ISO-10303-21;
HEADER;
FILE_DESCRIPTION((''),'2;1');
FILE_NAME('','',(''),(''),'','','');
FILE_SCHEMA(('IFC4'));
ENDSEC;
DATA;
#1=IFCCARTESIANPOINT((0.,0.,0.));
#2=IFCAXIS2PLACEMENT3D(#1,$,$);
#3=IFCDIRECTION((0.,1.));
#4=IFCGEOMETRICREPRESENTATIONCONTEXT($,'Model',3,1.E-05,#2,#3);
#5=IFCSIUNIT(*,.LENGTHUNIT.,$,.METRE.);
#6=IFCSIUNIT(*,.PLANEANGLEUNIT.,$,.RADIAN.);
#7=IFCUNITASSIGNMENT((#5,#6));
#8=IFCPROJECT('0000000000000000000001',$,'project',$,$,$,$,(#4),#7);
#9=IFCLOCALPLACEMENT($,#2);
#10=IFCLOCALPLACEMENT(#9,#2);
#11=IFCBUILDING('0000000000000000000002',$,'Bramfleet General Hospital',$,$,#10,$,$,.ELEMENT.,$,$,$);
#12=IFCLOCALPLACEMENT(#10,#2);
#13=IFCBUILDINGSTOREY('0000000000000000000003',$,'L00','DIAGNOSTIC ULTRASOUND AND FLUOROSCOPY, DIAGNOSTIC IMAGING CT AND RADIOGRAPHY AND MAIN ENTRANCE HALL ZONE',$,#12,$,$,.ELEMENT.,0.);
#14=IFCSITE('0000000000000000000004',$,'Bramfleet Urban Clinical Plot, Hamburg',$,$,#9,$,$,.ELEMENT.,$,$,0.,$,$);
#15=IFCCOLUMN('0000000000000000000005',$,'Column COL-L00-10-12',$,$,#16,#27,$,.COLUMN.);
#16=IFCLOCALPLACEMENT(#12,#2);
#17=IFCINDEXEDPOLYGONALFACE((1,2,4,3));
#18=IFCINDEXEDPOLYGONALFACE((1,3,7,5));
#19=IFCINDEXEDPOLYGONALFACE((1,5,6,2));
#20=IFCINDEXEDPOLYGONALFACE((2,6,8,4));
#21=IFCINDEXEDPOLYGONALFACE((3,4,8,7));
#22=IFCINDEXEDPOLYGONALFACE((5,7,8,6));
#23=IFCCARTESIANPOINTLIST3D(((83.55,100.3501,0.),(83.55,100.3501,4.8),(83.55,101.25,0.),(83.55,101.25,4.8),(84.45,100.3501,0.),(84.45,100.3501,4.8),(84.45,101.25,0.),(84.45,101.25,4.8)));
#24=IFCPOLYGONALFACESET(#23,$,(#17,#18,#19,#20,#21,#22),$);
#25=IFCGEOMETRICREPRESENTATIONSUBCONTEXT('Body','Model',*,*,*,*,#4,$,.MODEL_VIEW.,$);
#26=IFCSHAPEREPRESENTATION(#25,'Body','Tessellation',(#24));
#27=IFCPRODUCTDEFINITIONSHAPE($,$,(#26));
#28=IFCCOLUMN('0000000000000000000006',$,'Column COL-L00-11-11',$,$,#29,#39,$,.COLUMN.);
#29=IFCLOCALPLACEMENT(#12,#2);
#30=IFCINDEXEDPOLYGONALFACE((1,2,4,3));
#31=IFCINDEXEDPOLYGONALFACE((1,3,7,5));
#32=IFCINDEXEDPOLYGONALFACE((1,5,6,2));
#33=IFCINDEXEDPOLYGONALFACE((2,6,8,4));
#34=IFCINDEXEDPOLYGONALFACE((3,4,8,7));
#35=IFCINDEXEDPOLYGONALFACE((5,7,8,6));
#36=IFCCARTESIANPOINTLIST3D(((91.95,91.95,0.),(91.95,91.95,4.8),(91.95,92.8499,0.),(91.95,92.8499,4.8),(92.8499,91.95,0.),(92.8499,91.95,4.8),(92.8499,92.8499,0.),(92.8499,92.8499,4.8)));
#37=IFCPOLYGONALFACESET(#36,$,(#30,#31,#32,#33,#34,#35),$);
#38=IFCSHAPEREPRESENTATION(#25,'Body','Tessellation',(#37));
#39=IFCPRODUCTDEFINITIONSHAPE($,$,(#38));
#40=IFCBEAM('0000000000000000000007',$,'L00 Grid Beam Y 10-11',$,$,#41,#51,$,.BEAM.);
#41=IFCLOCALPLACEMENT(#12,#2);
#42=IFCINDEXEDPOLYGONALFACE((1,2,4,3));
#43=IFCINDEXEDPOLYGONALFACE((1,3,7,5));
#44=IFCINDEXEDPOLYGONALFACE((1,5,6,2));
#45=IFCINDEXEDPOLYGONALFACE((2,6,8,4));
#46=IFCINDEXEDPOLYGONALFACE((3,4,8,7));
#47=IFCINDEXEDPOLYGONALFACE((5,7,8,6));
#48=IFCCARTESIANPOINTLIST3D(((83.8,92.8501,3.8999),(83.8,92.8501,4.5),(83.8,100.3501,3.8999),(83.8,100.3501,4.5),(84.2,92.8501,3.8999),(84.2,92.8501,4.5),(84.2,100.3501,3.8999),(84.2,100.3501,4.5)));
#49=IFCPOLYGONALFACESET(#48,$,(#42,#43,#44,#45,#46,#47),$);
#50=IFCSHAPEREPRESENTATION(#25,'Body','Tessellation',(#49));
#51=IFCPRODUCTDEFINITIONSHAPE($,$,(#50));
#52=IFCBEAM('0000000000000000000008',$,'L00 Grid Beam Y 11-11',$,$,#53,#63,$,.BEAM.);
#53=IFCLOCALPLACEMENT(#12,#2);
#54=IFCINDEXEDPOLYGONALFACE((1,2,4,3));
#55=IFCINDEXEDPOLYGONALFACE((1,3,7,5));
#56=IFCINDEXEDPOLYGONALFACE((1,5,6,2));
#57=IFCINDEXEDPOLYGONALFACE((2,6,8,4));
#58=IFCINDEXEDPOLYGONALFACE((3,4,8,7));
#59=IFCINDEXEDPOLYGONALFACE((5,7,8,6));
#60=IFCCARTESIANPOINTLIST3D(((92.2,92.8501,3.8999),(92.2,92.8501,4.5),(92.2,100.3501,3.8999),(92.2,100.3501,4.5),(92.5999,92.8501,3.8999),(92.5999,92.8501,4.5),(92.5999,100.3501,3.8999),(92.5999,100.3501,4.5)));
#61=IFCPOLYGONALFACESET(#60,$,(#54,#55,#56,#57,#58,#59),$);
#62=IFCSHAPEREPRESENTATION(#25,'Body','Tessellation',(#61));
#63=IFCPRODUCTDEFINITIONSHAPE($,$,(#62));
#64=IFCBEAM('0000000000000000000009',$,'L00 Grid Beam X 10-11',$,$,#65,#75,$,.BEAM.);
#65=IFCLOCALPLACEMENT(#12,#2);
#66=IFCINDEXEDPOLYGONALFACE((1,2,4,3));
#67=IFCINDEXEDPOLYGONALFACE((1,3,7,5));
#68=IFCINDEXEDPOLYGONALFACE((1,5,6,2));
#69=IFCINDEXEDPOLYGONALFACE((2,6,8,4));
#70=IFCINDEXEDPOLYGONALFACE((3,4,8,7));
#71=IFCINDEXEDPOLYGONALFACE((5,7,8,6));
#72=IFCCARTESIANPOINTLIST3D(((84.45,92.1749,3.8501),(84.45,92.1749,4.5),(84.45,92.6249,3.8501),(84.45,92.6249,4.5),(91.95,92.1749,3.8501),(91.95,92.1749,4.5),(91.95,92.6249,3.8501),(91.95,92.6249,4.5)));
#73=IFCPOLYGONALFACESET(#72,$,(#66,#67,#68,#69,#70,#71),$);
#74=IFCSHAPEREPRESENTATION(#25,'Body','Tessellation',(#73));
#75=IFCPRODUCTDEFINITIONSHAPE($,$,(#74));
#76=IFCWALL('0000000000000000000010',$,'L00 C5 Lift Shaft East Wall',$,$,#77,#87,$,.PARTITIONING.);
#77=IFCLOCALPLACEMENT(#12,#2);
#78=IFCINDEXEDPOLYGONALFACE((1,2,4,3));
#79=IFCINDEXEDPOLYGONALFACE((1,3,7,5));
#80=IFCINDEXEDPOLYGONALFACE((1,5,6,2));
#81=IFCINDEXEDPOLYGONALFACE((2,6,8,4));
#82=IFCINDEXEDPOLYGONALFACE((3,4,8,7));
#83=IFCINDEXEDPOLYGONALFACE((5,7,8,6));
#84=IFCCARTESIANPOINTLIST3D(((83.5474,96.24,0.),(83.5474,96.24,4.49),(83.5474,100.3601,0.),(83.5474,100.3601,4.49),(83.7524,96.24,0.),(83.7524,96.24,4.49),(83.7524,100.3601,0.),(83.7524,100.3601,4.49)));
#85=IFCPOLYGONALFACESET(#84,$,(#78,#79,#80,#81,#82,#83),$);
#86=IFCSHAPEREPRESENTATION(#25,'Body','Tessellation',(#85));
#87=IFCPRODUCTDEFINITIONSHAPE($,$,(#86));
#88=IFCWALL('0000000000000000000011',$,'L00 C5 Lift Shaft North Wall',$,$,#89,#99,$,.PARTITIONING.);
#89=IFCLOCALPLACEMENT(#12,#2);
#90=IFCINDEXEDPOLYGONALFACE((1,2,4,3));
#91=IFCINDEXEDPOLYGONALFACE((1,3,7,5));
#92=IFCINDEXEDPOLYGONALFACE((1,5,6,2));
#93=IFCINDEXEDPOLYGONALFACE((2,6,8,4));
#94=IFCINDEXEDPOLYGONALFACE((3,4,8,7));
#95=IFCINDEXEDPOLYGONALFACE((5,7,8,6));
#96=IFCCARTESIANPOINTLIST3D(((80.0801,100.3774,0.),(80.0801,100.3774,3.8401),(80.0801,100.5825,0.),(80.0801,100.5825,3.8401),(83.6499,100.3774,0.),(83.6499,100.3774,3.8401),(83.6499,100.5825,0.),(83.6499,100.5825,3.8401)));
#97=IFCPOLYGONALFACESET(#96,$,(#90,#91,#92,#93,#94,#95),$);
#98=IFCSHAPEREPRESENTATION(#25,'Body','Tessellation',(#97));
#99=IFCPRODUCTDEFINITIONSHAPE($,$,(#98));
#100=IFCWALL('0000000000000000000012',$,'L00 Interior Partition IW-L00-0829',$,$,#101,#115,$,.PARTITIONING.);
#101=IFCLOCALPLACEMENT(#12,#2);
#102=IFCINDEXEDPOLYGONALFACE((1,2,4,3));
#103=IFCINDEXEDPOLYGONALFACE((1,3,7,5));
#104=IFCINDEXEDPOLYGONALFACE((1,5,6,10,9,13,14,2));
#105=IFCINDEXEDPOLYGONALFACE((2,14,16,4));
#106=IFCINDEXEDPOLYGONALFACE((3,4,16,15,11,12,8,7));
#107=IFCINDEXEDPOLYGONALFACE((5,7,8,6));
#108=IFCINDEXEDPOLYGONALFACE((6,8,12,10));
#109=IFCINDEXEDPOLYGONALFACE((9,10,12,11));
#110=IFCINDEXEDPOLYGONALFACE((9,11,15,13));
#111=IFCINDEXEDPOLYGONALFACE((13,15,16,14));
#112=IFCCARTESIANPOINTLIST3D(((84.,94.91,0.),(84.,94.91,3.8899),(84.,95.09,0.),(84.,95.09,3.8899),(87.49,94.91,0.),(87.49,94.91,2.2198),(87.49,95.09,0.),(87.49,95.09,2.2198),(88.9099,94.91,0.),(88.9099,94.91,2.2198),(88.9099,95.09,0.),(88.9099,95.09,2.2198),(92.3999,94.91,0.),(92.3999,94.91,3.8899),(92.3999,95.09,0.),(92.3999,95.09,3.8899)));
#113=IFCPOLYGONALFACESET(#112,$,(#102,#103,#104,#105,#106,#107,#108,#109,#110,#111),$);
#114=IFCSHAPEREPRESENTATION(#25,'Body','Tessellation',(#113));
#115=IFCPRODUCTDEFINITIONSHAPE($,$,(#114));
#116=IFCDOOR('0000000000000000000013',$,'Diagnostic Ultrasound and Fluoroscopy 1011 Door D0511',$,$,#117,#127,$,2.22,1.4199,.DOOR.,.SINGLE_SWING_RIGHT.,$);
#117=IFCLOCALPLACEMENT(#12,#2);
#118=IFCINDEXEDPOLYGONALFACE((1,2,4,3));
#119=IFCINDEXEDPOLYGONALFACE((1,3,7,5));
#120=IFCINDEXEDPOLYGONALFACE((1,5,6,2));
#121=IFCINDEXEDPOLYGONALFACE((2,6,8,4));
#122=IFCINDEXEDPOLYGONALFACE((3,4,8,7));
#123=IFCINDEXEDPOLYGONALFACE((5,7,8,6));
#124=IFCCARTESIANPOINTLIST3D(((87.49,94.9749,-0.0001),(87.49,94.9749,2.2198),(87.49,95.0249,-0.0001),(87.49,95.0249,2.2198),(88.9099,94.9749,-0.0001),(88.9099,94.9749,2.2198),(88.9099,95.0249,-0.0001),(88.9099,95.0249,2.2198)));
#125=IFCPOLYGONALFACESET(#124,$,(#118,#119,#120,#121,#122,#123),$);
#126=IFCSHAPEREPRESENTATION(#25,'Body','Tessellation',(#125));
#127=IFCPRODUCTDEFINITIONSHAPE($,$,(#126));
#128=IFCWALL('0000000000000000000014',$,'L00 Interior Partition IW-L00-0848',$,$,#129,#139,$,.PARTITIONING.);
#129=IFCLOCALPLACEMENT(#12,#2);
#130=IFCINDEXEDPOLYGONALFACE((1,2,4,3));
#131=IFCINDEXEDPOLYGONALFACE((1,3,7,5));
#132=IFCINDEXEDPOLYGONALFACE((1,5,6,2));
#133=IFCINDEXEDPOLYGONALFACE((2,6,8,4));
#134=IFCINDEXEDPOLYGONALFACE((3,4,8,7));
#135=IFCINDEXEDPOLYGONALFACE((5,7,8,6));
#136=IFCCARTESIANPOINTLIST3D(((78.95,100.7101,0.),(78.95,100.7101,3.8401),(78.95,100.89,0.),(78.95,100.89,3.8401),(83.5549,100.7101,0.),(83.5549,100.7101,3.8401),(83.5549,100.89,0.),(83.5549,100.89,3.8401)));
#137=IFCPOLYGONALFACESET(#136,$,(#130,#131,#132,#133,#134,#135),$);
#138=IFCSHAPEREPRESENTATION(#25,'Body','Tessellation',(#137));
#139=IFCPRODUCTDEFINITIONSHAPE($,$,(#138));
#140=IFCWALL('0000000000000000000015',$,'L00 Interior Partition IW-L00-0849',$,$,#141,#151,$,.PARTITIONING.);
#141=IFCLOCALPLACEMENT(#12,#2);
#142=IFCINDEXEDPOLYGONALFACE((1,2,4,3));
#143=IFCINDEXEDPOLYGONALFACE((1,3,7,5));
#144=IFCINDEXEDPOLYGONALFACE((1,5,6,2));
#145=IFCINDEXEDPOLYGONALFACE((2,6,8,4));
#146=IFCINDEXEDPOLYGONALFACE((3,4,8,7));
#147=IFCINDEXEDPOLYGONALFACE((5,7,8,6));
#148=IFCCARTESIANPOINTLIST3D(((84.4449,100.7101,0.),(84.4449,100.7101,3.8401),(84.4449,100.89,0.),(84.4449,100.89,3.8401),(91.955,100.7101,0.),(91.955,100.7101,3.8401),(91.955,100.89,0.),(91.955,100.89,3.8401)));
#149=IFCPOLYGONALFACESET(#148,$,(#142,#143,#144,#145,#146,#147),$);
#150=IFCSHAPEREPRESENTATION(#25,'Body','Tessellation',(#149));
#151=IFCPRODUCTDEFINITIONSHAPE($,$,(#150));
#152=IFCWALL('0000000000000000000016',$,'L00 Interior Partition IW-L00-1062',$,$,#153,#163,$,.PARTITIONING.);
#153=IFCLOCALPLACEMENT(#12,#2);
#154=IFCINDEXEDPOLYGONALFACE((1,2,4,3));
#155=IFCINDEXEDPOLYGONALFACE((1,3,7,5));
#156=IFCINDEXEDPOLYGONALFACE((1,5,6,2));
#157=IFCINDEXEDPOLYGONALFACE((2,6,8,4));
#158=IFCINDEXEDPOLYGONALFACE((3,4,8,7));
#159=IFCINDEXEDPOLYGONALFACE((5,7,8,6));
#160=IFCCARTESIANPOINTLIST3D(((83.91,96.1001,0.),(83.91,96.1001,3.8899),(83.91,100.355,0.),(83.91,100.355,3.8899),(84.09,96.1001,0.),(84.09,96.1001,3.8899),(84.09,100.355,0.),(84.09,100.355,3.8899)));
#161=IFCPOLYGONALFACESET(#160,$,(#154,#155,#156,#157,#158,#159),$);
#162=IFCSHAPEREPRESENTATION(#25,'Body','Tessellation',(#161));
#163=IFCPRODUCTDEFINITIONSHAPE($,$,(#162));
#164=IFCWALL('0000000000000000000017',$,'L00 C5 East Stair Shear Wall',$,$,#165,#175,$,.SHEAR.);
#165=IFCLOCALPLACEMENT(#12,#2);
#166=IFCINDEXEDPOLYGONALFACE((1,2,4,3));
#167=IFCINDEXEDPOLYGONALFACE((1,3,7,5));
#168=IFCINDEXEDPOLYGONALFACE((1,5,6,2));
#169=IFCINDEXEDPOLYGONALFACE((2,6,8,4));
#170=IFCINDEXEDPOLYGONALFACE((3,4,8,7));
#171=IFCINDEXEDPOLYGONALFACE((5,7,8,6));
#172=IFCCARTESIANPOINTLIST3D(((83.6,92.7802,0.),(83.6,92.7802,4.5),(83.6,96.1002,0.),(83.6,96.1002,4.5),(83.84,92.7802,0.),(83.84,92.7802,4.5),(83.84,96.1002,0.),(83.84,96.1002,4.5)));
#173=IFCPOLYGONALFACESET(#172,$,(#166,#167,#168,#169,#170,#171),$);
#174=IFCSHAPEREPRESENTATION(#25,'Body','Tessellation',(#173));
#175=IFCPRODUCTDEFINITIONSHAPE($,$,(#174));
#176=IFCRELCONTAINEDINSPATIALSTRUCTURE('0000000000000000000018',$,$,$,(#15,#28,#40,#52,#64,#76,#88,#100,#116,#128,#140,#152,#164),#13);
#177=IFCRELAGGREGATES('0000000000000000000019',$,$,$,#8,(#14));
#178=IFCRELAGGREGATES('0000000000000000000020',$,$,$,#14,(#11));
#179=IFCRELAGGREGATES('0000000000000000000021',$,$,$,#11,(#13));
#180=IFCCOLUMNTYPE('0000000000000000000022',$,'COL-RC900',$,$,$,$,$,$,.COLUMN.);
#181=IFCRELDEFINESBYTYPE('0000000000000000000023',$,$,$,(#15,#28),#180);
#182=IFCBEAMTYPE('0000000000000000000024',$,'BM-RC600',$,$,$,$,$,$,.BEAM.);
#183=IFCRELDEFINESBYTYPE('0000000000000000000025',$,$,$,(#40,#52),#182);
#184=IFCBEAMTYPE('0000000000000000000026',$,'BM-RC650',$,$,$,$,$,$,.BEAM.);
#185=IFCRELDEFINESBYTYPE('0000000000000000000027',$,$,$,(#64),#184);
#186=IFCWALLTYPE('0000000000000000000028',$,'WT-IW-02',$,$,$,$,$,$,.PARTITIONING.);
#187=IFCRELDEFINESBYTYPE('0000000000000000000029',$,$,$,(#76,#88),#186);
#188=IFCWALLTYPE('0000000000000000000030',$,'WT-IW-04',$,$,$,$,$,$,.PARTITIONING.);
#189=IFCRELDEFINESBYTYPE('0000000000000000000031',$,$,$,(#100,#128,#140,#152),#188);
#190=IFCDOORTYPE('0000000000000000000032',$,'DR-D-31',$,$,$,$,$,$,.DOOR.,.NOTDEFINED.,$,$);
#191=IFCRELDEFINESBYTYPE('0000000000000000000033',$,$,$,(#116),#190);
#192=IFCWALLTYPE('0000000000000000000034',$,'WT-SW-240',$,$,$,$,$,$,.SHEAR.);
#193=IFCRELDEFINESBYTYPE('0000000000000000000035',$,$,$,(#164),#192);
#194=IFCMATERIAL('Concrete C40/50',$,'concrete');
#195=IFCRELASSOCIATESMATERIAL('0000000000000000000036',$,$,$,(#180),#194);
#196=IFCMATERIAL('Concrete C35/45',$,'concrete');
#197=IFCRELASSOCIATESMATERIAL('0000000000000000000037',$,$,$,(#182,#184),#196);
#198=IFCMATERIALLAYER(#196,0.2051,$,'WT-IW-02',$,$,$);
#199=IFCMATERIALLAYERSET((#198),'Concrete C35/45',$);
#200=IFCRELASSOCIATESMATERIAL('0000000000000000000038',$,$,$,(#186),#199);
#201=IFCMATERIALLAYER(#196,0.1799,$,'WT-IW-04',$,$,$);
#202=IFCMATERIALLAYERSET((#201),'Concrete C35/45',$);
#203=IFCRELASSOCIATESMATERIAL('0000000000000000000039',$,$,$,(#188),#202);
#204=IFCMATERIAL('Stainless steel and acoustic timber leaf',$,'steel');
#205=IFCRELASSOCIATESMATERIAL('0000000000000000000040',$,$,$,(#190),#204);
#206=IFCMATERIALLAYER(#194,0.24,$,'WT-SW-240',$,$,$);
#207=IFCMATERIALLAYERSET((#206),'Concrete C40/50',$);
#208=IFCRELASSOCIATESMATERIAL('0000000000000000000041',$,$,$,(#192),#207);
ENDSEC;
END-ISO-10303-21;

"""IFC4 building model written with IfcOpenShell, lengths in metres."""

from ifc_helpers import new_model, si_unit, direction, frame, frame_2d, origin, origin_2d, place, context, subcontext, project, spatial, rectangle, extrude, material, layer, layer_set, material_profile, profile_set, type_object, element, fill, save


model = new_model("IFC4")

# Units and contexts
model_context = context("Model", 3, precision=1e-05, world=origin(), true_north=direction((0.0, 1.0)))
body_context = subcontext(model_context, "Body", "Model", "MODEL_VIEW")
ifc_project = project(units=[si_unit("LENGTHUNIT", "METRE"), si_unit("PLANEANGLEUNIT", "RADIAN")], contexts=[model_context])

# Site, building, storey
site_placement = place(None, origin())
site = spatial("IfcSite", under=ifc_project, at=site_placement, Name="Bramfleet Urban Clinical Plot, Hamburg", CompositionType="ELEMENT", RefElevation=0.0)
building_placement = place(site_placement, origin())
building = spatial("IfcBuilding", under=site, at=building_placement, Name="Bramfleet General Hospital", CompositionType="ELEMENT")
storey_placement = place(building_placement, origin())
storey = spatial("IfcBuildingStorey", under=building, at=storey_placement, Name="L00", Description="DIAGNOSTIC ULTRASOUND AND FLUOROSCOPY, DIAGNOSTIC IMAGING CT AND RADIOGRAPHY AND MAIN ENTRANCE HALL ZONE", CompositionType="ELEMENT", Elevation=0.0)

# Columns
ifc_material_1 = material(Name="Concrete C40/50", Category="concrete")
ifc_material_profile_1 = material_profile(ifc_material_1, rectangle(XDim=0.8999, YDim=0.8999, at=origin_2d()), Name="RC COL 900x900")
ifc_profile_set_1 = profile_set([ifc_material_profile_1], Name="Concrete C40/50")
column_type = type_object("IfcColumnType", Name="COL-RC900", PredefinedType="COLUMN", material=ifc_profile_set_1)
for number, where, z_axis, x_axis, name in (
    (1, (84.0, 100.8, 0.0), (0.0, 0.0, 1.0), (1.0, 0.0, 0.0), "Column COL-L00-10-12"),
    (2, (92.3999, 92.3999, 0.0), (0.0, 0.0, 1.0), (1.0, 0.0, 0.0), "Column COL-L00-11-11"),
):
    element("IfcColumn", number, at=place(storey_placement, frame(where, z_axis=z_axis, x_axis=x_axis)), inside=storey, type_object=column_type, Name=name, PredefinedType="COLUMN", context=body_context, shape_type="SweptSolid", body=[
        extrude(rectangle(XDim=0.8999, YDim=0.8999, at=origin_2d()), origin(), (0.0, 0.0, 1.0), 4.8),
    ])

# Beams
ifc_material_2 = material(Name="Concrete C35/45", Category="concrete")
ifc_material_profile_2 = material_profile(ifc_material_2, rectangle(XDim=0.3999, YDim=0.6001, at=origin_2d()), Name="RC BM 600x400")
ifc_profile_set_2 = profile_set([ifc_material_profile_2], Name="Concrete C35/45")
beam_type_1 = type_object("IfcBeamType", Name="BM-RC600", PredefinedType="BEAM", material=ifc_profile_set_2)
for number, where, z_axis, x_axis, name in (
    (3, (84.0, 92.8501, 4.2), (0.0, 1.0, 0.0), (-1.0, 0.0, 0.0), "L00 Grid Beam Y 10-11"),
    (4, (92.3999, 92.8501, 4.2), (0.0, 1.0, 0.0), (-1.0, 0.0, 0.0), "L00 Grid Beam Y 11-11"),
):
    element("IfcBeam", number, at=place(storey_placement, frame(where, z_axis=z_axis, x_axis=x_axis)), inside=storey, type_object=beam_type_1, Name=name, PredefinedType="BEAM", context=body_context, shape_type="SweptSolid", body=[
        extrude(rectangle(XDim=0.3999, YDim=0.6001, at=origin_2d()), origin(), (0.0, 0.0, 1.0), 7.5),
    ])
ifc_material_profile_3 = material_profile(ifc_material_2, rectangle(XDim=0.45, YDim=0.6499, at=origin_2d()), Name="RC BM 650x450")
ifc_profile_set_3 = profile_set([ifc_material_profile_3], Name="Concrete C35/45")
beam_type_2 = type_object("IfcBeamType", Name="BM-RC650", PredefinedType="BEAM", material=ifc_profile_set_3)
beam_placement = place(storey_placement, frame((84.45, 92.3999, 4.175), z_axis=(1.0, 0.0, 0.0), x_axis=(0.0, 1.0, 0.0)))
element("IfcBeam", 5, at=beam_placement, inside=storey, type_object=beam_type_2, Name="L00 Grid Beam X 10-11", PredefinedType="BEAM", context=body_context, shape_type="SweptSolid", body=[
    extrude(rectangle(XDim=0.45, YDim=0.6499, at=origin_2d()), origin(), (0.0, 0.0, 1.0), 7.5),
])

# Shared definitions
ifc_layer_1 = layer(ifc_material_2, 0.2051, Name="WT-IW-02")
ifc_layer_set_1 = layer_set([ifc_layer_1], Name="Concrete C35/45")
wall_type_1 = type_object("IfcWallType", Name="WT-IW-02", PredefinedType="PARTITIONING", material=ifc_layer_set_1)

# Walls
wall_1_placement = place(storey_placement, frame((83.6499, 96.24, 0.0), z_axis=(0.0, 0.0, 1.0), x_axis=(0.0, 1.0, 0.0)))
element("IfcWall", 6, at=wall_1_placement, inside=storey, type_object=wall_type_1, Name="L00 C5 Lift Shaft East Wall", PredefinedType="PARTITIONING", context=body_context, shape_type="SweptSolid", body=[
    extrude(rectangle(XDim=4.1201, YDim=0.2051, at=frame_2d((2.0601, 0.0))), origin(), (0.0, 0.0, 1.0), 4.49),
])
wall_2_placement = place(storey_placement, frame((80.0801, 100.48, 0.0), z_axis=(0.0, 0.0, 1.0), x_axis=(1.0, 0.0, 0.0)))
element("IfcWall", 7, at=wall_2_placement, inside=storey, type_object=wall_type_1, Name="L00 C5 Lift Shaft North Wall", PredefinedType="PARTITIONING", context=body_context, shape_type="SweptSolid", body=[
    extrude(rectangle(XDim=3.5698, YDim=0.2051, at=frame_2d((1.7849, 0.0))), origin(), (0.0, 0.0, 1.0), 3.8401),
])

# Wall, opening, door
ifc_layer_2 = layer(ifc_material_2, 0.1799, Name="WT-IW-04")
ifc_layer_set_2 = layer_set([ifc_layer_2], Name="Concrete C35/45")
wall_type_2 = type_object("IfcWallType", Name="WT-IW-04", PredefinedType="PARTITIONING", material=ifc_layer_set_2)
wall_3_placement = place(storey_placement, frame((84.0, 95.0, 0.0), z_axis=(0.0, 0.0, 1.0), x_axis=(1.0, 0.0, 0.0)))
wall_3 = element("IfcWall", 8, at=wall_3_placement, inside=storey, type_object=wall_type_2, Name="L00 Interior Partition IW-L00-0829", PredefinedType="PARTITIONING", context=body_context, shape_type="SweptSolid", body=[
    extrude(rectangle(XDim=8.3999, YDim=0.1799, at=frame_2d((4.2, 0.0))), origin(), (0.0, 0.0, 1.0), 3.8899),
])
opening_1_placement = place(wall_3_placement, frame((3.49, 0.0, 0.0)))
opening_1 = element("IfcOpeningElement", 9, at=opening_1_placement, cuts=wall_3, PredefinedType="OPENING", context=body_context, shape_type="SweptSolid", body=[
    extrude(rectangle(XDim=1.4199, YDim=2.22, at=frame_2d((0.71, 1.1099))), frame((0.0, 0.0999, 0.0), z_axis=(0.0, -1.0, 0.0), x_axis=(1.0, 0.0, 0.0)), (0.0, 0.0, 1.0), 0.2),
])
ifc_material_3 = material(Name="Stainless steel and acoustic timber leaf", Category="steel")
door_type_1 = type_object("IfcDoorType", Name="DR-D-31", OperationType="NOTDEFINED", PredefinedType="DOOR", material=ifc_material_3)
door_1_placement = place(opening_1_placement, origin())
door_1 = element("IfcDoor", 10, at=door_1_placement, inside=storey, type_object=door_type_1, Name="Diagnostic Ultrasound and Fluoroscopy 1011 Door D0511", OperationType="SINGLE_SWING_RIGHT", OverallHeight=2.22, OverallWidth=1.4199, PredefinedType="DOOR", context=body_context, shape_type="SweptSolid", body=[
    extrude(rectangle(XDim=1.4199, YDim=2.22, at=frame_2d((0.71, 1.1099))), frame((0.0, 0.0249, 0.0), z_axis=(0.0, -1.0, 0.0), x_axis=(1.0, 0.0, 0.0)), (0.0, 0.0, 1.0), 0.05),
])
fill(opening_1, door_1)

# Walls
wall_4_placement = place(storey_placement, frame((78.95, 100.8, 0.0), z_axis=(0.0, 0.0, 1.0), x_axis=(1.0, 0.0, 0.0)))
element("IfcWall", 11, at=wall_4_placement, inside=storey, type_object=wall_type_2, Name="L00 Interior Partition IW-L00-0848", PredefinedType="PARTITIONING", context=body_context, shape_type="SweptSolid", body=[
    extrude(rectangle(XDim=4.605, YDim=0.1799, at=frame_2d((2.3025, 0.0))), origin(), (0.0, 0.0, 1.0), 3.8401),
])
wall_5_placement = place(storey_placement, frame((84.4451, 100.8, 0.0), z_axis=(0.0, 0.0, 1.0), x_axis=(1.0, 0.0, 0.0)))
element("IfcWall", 12, at=wall_5_placement, inside=storey, type_object=wall_type_2, Name="L00 Interior Partition IW-L00-0849", PredefinedType="PARTITIONING", context=body_context, shape_type="SweptSolid", body=[
    extrude(rectangle(XDim=7.51, YDim=0.1799, at=frame_2d((3.7549, 0.0))), origin(), (0.0, 0.0, 1.0), 3.8401),
])
wall_6_placement = place(storey_placement, frame((84.0, 96.1001, 0.0), z_axis=(0.0, 0.0, 1.0), x_axis=(0.0, 1.0, 0.0)))
element("IfcWall", 13, at=wall_6_placement, inside=storey, type_object=wall_type_2, Name="L00 Interior Partition IW-L00-1062", PredefinedType="PARTITIONING", context=body_context, shape_type="SweptSolid", body=[
    extrude(rectangle(XDim=4.2549, YDim=0.1799, at=frame_2d((2.1274, 0.0))), origin(), (0.0, 0.0, 1.0), 3.8899),
])
ifc_layer_3 = layer(ifc_material_1, 0.24, Name="WT-SW-240")
ifc_layer_set_3 = layer_set([ifc_layer_3], Name="Concrete C40/50")
wall_type_3 = type_object("IfcWallType", Name="WT-SW-240", PredefinedType="SHEAR", material=ifc_layer_set_3)
wall_7_placement = place(storey_placement, frame((83.72, 92.78, 0.0), z_axis=(0.0, 0.0, 1.0), x_axis=(0.0, 1.0, 0.0)))
element("IfcWall", 14, at=wall_7_placement, inside=storey, type_object=wall_type_3, Name="L00 C5 East Stair Shear Wall", PredefinedType="SHEAR", context=body_context, shape_type="SweptSolid", body=[
    extrude(rectangle(XDim=3.3201, YDim=0.24, at=frame_2d((1.6602, 0.0))), origin(), (0.0, 0.0, 1.0), 4.5),
])

save(model, "model.ifc")
